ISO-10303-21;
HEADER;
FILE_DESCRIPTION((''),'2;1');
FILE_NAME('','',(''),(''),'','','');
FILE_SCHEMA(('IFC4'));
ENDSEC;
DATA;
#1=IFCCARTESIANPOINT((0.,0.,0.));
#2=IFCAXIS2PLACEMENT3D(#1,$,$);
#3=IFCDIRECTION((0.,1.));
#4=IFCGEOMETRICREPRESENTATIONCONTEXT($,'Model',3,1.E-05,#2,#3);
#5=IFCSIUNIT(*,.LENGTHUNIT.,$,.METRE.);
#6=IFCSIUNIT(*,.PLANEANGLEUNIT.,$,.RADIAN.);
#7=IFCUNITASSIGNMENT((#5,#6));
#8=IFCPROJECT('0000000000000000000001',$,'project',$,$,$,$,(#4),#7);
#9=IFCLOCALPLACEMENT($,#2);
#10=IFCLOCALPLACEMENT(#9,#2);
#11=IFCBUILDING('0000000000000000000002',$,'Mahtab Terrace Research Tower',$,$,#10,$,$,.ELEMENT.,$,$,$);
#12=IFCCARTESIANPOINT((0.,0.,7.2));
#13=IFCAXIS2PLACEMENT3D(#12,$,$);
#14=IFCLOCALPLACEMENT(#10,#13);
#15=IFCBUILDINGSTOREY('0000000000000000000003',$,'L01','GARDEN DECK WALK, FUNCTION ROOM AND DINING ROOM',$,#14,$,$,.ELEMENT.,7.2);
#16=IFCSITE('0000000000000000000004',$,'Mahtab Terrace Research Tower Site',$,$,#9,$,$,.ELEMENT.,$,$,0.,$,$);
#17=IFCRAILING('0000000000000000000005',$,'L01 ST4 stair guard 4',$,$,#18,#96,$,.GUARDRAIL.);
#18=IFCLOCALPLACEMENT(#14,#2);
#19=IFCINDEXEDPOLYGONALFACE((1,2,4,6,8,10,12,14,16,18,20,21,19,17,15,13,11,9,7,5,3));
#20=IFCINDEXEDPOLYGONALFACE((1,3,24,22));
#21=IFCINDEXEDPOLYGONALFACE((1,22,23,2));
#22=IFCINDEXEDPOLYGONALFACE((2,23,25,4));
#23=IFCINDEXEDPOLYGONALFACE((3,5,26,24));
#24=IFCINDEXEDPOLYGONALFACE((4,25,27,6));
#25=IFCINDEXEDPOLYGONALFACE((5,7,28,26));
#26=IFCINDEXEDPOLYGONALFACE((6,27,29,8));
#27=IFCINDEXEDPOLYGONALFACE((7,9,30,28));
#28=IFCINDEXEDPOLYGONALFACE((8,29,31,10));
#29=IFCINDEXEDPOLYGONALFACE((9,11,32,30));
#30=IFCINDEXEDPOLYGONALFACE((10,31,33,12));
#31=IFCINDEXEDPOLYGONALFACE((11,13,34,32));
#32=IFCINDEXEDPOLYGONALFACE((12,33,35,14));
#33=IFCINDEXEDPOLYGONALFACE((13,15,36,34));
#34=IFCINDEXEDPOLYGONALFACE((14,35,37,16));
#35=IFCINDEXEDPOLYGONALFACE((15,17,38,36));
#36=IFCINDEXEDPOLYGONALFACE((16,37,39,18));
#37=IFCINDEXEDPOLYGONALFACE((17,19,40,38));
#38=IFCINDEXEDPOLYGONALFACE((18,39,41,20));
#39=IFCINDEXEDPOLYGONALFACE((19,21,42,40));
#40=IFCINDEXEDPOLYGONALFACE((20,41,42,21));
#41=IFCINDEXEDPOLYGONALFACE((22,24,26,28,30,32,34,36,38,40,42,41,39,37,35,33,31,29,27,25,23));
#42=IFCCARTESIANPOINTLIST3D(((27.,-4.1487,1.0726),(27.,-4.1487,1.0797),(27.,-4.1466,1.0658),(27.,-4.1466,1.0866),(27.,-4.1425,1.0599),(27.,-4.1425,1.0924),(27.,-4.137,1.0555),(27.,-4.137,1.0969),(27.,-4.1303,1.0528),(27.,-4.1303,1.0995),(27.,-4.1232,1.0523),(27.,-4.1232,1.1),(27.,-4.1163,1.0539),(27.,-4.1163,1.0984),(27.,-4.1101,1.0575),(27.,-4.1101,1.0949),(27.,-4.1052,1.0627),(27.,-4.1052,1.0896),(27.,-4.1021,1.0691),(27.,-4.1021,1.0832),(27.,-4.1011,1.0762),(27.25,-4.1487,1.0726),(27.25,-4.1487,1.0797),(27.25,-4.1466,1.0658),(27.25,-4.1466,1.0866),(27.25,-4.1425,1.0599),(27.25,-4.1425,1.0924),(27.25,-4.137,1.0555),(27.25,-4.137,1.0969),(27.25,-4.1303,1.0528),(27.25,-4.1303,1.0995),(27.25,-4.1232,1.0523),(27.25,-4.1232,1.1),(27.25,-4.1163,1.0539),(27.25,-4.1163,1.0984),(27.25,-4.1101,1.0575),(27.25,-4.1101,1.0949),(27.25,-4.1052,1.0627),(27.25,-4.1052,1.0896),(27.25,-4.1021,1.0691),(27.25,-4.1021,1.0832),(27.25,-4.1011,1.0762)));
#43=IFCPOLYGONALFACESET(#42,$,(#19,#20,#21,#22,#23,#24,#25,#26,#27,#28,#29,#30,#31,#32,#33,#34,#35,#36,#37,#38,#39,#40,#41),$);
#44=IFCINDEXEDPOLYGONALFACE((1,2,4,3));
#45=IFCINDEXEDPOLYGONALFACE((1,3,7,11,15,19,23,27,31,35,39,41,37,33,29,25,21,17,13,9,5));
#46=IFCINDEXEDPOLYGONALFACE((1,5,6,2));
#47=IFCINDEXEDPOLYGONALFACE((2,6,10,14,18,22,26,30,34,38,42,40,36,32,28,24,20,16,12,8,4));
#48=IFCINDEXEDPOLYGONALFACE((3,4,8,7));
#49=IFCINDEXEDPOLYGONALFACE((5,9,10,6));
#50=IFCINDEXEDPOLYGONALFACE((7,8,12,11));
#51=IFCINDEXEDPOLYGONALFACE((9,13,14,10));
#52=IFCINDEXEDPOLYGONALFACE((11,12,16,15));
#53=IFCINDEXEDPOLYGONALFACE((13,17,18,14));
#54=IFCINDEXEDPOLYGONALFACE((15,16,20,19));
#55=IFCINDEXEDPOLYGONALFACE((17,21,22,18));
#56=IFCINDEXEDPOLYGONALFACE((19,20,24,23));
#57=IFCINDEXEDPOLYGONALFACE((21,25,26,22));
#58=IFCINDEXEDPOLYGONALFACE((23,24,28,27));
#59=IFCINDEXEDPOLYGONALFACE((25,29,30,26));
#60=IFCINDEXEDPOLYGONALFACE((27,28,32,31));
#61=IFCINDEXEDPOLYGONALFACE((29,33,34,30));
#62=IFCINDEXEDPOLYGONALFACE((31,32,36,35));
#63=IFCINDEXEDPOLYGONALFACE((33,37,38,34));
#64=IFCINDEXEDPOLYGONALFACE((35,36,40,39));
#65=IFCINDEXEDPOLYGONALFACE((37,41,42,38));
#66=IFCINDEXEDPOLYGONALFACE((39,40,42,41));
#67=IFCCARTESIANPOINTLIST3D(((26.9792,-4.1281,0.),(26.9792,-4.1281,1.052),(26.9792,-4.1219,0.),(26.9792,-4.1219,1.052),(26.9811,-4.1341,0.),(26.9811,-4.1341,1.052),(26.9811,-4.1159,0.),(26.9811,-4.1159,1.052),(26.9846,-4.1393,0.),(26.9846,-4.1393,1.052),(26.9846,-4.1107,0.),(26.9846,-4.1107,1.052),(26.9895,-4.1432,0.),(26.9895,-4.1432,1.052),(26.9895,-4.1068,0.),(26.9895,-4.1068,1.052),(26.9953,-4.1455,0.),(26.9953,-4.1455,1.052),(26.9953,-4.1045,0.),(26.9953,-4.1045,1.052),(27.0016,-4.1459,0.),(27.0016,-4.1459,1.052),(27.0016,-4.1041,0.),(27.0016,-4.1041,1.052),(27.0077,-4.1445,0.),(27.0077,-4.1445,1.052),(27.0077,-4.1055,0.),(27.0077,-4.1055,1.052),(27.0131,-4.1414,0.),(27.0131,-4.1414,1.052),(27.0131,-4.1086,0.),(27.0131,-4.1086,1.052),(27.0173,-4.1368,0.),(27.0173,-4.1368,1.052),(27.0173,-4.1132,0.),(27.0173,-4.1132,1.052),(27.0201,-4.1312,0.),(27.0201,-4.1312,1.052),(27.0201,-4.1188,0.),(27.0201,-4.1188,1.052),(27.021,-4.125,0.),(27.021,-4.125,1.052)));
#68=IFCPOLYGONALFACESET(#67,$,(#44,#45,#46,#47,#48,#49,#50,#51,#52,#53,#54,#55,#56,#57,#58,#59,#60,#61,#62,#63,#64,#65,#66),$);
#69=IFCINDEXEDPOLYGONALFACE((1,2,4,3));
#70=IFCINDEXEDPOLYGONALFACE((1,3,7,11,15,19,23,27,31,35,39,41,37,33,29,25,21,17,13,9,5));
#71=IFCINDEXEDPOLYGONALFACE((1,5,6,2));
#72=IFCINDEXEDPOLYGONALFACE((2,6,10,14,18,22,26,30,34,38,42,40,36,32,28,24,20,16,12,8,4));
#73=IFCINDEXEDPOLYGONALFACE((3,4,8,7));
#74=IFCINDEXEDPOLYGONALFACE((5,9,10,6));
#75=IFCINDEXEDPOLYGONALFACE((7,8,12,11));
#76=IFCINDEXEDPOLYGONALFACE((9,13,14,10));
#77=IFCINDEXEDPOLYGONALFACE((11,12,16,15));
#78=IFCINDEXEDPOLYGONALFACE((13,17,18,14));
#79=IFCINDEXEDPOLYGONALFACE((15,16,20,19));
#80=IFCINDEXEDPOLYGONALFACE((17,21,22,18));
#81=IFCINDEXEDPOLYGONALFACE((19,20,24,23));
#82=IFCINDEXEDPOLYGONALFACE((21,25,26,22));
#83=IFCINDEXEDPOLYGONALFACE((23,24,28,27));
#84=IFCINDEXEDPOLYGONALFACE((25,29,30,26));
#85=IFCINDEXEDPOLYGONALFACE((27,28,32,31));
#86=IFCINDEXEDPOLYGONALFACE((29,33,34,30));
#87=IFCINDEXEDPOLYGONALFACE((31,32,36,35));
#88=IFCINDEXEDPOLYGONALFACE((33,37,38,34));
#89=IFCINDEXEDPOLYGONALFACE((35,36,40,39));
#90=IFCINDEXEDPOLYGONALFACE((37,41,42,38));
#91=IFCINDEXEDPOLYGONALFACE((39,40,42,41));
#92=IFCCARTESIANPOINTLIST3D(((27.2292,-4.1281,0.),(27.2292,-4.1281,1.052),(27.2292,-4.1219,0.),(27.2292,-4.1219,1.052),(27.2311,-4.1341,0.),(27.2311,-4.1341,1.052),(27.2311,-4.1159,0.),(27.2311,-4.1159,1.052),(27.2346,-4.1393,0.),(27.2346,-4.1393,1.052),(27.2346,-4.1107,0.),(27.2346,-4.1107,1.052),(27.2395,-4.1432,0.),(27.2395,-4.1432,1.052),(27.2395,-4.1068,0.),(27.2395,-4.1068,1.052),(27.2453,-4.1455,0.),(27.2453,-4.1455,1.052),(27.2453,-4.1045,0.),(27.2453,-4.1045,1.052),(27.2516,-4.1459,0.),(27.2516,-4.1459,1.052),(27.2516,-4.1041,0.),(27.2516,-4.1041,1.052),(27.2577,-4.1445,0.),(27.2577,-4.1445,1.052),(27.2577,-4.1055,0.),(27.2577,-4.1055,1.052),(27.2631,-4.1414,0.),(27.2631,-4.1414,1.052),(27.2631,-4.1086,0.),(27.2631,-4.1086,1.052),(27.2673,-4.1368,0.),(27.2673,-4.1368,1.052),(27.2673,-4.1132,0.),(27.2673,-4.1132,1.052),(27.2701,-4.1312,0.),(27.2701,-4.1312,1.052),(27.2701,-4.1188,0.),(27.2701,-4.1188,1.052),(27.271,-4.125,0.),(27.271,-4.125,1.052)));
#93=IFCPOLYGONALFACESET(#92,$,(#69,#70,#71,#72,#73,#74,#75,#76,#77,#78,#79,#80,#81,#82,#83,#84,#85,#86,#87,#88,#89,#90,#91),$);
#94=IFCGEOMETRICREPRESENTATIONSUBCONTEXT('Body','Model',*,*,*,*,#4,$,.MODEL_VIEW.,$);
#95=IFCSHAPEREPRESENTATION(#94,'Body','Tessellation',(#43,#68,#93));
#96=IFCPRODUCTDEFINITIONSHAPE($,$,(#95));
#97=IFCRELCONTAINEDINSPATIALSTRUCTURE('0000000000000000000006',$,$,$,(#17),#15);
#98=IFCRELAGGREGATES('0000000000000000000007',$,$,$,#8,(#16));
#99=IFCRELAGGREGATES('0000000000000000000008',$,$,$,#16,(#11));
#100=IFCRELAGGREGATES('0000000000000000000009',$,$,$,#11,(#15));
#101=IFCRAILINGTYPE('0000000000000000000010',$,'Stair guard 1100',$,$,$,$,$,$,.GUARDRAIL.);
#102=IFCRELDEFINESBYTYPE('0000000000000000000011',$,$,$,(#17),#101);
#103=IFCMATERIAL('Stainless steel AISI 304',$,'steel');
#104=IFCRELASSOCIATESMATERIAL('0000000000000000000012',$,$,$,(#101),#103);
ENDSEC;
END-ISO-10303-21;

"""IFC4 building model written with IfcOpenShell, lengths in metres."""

from ifc_helpers import new_model, si_unit, direction, frame, origin, origin_2d, place, context, subcontext, project, spatial, circle, extrude, material, type_object, element, save


model = new_model("IFC4")

# Units and contexts
model_context = context("Model", 3, precision=1e-05, world=origin(), true_north=direction((0.0, 1.0)))
body_context = subcontext(model_context, "Body", "Model", "MODEL_VIEW")
ifc_project = project(units=[si_unit("LENGTHUNIT", "METRE"), si_unit("PLANEANGLEUNIT", "RADIAN")], contexts=[model_context])

# Site, building, storey
site_placement = place(None, origin())
site = spatial("IfcSite", under=ifc_project, at=site_placement, Name="Mahtab Terrace Research Tower Site", CompositionType="ELEMENT", RefElevation=0.0)
building_placement = place(site_placement, origin())
building = spatial("IfcBuilding", under=site, at=building_placement, Name="Mahtab Terrace Research Tower", CompositionType="ELEMENT")
storey_placement = place(building_placement, frame((0.0, 0.0, 7.2)))
storey = spatial("IfcBuildingStorey", under=building, at=storey_placement, Name="L01", Description="GARDEN DECK WALK, FUNCTION ROOM AND DINING ROOM", CompositionType="ELEMENT", Elevation=7.2)

# Railing
ifc_material_1 = material(Name="Stainless steel AISI 304", Category="steel")
railing_type_1 = type_object("IfcRailingType", Name="Stair guard 1100", PredefinedType="GUARDRAIL", material=ifc_material_1)
railing_1_placement = place(storey_placement, frame((27.0, -4.125, 0.0)))
element("IfcRailing", 1, at=railing_1_placement, inside=storey, type_object=railing_type_1, Name="L01 ST4 stair guard 4", PredefinedType="GUARDRAIL", context=body_context, shape_type="SweptSolid", body=[
    extrude(circle(Radius=0.0239, at=origin_2d()), frame((0.0, 0.0, 1.0762), z_axis=(1.0, 0.0, 0.0), x_axis=(0.0, 1.0, 0.0)), (0.0, 0.0, 1.0), 0.25),
    extrude(circle(Radius=0.021, at=origin_2d()), origin(), (0.0, 0.0, 1.0), 1.052),
    extrude(circle(Radius=0.021, at=origin_2d()), frame((0.25, 0.0, 0.0)), (0.0, 0.0, 1.0), 1.052),
])

save(model, "model.ifc")
